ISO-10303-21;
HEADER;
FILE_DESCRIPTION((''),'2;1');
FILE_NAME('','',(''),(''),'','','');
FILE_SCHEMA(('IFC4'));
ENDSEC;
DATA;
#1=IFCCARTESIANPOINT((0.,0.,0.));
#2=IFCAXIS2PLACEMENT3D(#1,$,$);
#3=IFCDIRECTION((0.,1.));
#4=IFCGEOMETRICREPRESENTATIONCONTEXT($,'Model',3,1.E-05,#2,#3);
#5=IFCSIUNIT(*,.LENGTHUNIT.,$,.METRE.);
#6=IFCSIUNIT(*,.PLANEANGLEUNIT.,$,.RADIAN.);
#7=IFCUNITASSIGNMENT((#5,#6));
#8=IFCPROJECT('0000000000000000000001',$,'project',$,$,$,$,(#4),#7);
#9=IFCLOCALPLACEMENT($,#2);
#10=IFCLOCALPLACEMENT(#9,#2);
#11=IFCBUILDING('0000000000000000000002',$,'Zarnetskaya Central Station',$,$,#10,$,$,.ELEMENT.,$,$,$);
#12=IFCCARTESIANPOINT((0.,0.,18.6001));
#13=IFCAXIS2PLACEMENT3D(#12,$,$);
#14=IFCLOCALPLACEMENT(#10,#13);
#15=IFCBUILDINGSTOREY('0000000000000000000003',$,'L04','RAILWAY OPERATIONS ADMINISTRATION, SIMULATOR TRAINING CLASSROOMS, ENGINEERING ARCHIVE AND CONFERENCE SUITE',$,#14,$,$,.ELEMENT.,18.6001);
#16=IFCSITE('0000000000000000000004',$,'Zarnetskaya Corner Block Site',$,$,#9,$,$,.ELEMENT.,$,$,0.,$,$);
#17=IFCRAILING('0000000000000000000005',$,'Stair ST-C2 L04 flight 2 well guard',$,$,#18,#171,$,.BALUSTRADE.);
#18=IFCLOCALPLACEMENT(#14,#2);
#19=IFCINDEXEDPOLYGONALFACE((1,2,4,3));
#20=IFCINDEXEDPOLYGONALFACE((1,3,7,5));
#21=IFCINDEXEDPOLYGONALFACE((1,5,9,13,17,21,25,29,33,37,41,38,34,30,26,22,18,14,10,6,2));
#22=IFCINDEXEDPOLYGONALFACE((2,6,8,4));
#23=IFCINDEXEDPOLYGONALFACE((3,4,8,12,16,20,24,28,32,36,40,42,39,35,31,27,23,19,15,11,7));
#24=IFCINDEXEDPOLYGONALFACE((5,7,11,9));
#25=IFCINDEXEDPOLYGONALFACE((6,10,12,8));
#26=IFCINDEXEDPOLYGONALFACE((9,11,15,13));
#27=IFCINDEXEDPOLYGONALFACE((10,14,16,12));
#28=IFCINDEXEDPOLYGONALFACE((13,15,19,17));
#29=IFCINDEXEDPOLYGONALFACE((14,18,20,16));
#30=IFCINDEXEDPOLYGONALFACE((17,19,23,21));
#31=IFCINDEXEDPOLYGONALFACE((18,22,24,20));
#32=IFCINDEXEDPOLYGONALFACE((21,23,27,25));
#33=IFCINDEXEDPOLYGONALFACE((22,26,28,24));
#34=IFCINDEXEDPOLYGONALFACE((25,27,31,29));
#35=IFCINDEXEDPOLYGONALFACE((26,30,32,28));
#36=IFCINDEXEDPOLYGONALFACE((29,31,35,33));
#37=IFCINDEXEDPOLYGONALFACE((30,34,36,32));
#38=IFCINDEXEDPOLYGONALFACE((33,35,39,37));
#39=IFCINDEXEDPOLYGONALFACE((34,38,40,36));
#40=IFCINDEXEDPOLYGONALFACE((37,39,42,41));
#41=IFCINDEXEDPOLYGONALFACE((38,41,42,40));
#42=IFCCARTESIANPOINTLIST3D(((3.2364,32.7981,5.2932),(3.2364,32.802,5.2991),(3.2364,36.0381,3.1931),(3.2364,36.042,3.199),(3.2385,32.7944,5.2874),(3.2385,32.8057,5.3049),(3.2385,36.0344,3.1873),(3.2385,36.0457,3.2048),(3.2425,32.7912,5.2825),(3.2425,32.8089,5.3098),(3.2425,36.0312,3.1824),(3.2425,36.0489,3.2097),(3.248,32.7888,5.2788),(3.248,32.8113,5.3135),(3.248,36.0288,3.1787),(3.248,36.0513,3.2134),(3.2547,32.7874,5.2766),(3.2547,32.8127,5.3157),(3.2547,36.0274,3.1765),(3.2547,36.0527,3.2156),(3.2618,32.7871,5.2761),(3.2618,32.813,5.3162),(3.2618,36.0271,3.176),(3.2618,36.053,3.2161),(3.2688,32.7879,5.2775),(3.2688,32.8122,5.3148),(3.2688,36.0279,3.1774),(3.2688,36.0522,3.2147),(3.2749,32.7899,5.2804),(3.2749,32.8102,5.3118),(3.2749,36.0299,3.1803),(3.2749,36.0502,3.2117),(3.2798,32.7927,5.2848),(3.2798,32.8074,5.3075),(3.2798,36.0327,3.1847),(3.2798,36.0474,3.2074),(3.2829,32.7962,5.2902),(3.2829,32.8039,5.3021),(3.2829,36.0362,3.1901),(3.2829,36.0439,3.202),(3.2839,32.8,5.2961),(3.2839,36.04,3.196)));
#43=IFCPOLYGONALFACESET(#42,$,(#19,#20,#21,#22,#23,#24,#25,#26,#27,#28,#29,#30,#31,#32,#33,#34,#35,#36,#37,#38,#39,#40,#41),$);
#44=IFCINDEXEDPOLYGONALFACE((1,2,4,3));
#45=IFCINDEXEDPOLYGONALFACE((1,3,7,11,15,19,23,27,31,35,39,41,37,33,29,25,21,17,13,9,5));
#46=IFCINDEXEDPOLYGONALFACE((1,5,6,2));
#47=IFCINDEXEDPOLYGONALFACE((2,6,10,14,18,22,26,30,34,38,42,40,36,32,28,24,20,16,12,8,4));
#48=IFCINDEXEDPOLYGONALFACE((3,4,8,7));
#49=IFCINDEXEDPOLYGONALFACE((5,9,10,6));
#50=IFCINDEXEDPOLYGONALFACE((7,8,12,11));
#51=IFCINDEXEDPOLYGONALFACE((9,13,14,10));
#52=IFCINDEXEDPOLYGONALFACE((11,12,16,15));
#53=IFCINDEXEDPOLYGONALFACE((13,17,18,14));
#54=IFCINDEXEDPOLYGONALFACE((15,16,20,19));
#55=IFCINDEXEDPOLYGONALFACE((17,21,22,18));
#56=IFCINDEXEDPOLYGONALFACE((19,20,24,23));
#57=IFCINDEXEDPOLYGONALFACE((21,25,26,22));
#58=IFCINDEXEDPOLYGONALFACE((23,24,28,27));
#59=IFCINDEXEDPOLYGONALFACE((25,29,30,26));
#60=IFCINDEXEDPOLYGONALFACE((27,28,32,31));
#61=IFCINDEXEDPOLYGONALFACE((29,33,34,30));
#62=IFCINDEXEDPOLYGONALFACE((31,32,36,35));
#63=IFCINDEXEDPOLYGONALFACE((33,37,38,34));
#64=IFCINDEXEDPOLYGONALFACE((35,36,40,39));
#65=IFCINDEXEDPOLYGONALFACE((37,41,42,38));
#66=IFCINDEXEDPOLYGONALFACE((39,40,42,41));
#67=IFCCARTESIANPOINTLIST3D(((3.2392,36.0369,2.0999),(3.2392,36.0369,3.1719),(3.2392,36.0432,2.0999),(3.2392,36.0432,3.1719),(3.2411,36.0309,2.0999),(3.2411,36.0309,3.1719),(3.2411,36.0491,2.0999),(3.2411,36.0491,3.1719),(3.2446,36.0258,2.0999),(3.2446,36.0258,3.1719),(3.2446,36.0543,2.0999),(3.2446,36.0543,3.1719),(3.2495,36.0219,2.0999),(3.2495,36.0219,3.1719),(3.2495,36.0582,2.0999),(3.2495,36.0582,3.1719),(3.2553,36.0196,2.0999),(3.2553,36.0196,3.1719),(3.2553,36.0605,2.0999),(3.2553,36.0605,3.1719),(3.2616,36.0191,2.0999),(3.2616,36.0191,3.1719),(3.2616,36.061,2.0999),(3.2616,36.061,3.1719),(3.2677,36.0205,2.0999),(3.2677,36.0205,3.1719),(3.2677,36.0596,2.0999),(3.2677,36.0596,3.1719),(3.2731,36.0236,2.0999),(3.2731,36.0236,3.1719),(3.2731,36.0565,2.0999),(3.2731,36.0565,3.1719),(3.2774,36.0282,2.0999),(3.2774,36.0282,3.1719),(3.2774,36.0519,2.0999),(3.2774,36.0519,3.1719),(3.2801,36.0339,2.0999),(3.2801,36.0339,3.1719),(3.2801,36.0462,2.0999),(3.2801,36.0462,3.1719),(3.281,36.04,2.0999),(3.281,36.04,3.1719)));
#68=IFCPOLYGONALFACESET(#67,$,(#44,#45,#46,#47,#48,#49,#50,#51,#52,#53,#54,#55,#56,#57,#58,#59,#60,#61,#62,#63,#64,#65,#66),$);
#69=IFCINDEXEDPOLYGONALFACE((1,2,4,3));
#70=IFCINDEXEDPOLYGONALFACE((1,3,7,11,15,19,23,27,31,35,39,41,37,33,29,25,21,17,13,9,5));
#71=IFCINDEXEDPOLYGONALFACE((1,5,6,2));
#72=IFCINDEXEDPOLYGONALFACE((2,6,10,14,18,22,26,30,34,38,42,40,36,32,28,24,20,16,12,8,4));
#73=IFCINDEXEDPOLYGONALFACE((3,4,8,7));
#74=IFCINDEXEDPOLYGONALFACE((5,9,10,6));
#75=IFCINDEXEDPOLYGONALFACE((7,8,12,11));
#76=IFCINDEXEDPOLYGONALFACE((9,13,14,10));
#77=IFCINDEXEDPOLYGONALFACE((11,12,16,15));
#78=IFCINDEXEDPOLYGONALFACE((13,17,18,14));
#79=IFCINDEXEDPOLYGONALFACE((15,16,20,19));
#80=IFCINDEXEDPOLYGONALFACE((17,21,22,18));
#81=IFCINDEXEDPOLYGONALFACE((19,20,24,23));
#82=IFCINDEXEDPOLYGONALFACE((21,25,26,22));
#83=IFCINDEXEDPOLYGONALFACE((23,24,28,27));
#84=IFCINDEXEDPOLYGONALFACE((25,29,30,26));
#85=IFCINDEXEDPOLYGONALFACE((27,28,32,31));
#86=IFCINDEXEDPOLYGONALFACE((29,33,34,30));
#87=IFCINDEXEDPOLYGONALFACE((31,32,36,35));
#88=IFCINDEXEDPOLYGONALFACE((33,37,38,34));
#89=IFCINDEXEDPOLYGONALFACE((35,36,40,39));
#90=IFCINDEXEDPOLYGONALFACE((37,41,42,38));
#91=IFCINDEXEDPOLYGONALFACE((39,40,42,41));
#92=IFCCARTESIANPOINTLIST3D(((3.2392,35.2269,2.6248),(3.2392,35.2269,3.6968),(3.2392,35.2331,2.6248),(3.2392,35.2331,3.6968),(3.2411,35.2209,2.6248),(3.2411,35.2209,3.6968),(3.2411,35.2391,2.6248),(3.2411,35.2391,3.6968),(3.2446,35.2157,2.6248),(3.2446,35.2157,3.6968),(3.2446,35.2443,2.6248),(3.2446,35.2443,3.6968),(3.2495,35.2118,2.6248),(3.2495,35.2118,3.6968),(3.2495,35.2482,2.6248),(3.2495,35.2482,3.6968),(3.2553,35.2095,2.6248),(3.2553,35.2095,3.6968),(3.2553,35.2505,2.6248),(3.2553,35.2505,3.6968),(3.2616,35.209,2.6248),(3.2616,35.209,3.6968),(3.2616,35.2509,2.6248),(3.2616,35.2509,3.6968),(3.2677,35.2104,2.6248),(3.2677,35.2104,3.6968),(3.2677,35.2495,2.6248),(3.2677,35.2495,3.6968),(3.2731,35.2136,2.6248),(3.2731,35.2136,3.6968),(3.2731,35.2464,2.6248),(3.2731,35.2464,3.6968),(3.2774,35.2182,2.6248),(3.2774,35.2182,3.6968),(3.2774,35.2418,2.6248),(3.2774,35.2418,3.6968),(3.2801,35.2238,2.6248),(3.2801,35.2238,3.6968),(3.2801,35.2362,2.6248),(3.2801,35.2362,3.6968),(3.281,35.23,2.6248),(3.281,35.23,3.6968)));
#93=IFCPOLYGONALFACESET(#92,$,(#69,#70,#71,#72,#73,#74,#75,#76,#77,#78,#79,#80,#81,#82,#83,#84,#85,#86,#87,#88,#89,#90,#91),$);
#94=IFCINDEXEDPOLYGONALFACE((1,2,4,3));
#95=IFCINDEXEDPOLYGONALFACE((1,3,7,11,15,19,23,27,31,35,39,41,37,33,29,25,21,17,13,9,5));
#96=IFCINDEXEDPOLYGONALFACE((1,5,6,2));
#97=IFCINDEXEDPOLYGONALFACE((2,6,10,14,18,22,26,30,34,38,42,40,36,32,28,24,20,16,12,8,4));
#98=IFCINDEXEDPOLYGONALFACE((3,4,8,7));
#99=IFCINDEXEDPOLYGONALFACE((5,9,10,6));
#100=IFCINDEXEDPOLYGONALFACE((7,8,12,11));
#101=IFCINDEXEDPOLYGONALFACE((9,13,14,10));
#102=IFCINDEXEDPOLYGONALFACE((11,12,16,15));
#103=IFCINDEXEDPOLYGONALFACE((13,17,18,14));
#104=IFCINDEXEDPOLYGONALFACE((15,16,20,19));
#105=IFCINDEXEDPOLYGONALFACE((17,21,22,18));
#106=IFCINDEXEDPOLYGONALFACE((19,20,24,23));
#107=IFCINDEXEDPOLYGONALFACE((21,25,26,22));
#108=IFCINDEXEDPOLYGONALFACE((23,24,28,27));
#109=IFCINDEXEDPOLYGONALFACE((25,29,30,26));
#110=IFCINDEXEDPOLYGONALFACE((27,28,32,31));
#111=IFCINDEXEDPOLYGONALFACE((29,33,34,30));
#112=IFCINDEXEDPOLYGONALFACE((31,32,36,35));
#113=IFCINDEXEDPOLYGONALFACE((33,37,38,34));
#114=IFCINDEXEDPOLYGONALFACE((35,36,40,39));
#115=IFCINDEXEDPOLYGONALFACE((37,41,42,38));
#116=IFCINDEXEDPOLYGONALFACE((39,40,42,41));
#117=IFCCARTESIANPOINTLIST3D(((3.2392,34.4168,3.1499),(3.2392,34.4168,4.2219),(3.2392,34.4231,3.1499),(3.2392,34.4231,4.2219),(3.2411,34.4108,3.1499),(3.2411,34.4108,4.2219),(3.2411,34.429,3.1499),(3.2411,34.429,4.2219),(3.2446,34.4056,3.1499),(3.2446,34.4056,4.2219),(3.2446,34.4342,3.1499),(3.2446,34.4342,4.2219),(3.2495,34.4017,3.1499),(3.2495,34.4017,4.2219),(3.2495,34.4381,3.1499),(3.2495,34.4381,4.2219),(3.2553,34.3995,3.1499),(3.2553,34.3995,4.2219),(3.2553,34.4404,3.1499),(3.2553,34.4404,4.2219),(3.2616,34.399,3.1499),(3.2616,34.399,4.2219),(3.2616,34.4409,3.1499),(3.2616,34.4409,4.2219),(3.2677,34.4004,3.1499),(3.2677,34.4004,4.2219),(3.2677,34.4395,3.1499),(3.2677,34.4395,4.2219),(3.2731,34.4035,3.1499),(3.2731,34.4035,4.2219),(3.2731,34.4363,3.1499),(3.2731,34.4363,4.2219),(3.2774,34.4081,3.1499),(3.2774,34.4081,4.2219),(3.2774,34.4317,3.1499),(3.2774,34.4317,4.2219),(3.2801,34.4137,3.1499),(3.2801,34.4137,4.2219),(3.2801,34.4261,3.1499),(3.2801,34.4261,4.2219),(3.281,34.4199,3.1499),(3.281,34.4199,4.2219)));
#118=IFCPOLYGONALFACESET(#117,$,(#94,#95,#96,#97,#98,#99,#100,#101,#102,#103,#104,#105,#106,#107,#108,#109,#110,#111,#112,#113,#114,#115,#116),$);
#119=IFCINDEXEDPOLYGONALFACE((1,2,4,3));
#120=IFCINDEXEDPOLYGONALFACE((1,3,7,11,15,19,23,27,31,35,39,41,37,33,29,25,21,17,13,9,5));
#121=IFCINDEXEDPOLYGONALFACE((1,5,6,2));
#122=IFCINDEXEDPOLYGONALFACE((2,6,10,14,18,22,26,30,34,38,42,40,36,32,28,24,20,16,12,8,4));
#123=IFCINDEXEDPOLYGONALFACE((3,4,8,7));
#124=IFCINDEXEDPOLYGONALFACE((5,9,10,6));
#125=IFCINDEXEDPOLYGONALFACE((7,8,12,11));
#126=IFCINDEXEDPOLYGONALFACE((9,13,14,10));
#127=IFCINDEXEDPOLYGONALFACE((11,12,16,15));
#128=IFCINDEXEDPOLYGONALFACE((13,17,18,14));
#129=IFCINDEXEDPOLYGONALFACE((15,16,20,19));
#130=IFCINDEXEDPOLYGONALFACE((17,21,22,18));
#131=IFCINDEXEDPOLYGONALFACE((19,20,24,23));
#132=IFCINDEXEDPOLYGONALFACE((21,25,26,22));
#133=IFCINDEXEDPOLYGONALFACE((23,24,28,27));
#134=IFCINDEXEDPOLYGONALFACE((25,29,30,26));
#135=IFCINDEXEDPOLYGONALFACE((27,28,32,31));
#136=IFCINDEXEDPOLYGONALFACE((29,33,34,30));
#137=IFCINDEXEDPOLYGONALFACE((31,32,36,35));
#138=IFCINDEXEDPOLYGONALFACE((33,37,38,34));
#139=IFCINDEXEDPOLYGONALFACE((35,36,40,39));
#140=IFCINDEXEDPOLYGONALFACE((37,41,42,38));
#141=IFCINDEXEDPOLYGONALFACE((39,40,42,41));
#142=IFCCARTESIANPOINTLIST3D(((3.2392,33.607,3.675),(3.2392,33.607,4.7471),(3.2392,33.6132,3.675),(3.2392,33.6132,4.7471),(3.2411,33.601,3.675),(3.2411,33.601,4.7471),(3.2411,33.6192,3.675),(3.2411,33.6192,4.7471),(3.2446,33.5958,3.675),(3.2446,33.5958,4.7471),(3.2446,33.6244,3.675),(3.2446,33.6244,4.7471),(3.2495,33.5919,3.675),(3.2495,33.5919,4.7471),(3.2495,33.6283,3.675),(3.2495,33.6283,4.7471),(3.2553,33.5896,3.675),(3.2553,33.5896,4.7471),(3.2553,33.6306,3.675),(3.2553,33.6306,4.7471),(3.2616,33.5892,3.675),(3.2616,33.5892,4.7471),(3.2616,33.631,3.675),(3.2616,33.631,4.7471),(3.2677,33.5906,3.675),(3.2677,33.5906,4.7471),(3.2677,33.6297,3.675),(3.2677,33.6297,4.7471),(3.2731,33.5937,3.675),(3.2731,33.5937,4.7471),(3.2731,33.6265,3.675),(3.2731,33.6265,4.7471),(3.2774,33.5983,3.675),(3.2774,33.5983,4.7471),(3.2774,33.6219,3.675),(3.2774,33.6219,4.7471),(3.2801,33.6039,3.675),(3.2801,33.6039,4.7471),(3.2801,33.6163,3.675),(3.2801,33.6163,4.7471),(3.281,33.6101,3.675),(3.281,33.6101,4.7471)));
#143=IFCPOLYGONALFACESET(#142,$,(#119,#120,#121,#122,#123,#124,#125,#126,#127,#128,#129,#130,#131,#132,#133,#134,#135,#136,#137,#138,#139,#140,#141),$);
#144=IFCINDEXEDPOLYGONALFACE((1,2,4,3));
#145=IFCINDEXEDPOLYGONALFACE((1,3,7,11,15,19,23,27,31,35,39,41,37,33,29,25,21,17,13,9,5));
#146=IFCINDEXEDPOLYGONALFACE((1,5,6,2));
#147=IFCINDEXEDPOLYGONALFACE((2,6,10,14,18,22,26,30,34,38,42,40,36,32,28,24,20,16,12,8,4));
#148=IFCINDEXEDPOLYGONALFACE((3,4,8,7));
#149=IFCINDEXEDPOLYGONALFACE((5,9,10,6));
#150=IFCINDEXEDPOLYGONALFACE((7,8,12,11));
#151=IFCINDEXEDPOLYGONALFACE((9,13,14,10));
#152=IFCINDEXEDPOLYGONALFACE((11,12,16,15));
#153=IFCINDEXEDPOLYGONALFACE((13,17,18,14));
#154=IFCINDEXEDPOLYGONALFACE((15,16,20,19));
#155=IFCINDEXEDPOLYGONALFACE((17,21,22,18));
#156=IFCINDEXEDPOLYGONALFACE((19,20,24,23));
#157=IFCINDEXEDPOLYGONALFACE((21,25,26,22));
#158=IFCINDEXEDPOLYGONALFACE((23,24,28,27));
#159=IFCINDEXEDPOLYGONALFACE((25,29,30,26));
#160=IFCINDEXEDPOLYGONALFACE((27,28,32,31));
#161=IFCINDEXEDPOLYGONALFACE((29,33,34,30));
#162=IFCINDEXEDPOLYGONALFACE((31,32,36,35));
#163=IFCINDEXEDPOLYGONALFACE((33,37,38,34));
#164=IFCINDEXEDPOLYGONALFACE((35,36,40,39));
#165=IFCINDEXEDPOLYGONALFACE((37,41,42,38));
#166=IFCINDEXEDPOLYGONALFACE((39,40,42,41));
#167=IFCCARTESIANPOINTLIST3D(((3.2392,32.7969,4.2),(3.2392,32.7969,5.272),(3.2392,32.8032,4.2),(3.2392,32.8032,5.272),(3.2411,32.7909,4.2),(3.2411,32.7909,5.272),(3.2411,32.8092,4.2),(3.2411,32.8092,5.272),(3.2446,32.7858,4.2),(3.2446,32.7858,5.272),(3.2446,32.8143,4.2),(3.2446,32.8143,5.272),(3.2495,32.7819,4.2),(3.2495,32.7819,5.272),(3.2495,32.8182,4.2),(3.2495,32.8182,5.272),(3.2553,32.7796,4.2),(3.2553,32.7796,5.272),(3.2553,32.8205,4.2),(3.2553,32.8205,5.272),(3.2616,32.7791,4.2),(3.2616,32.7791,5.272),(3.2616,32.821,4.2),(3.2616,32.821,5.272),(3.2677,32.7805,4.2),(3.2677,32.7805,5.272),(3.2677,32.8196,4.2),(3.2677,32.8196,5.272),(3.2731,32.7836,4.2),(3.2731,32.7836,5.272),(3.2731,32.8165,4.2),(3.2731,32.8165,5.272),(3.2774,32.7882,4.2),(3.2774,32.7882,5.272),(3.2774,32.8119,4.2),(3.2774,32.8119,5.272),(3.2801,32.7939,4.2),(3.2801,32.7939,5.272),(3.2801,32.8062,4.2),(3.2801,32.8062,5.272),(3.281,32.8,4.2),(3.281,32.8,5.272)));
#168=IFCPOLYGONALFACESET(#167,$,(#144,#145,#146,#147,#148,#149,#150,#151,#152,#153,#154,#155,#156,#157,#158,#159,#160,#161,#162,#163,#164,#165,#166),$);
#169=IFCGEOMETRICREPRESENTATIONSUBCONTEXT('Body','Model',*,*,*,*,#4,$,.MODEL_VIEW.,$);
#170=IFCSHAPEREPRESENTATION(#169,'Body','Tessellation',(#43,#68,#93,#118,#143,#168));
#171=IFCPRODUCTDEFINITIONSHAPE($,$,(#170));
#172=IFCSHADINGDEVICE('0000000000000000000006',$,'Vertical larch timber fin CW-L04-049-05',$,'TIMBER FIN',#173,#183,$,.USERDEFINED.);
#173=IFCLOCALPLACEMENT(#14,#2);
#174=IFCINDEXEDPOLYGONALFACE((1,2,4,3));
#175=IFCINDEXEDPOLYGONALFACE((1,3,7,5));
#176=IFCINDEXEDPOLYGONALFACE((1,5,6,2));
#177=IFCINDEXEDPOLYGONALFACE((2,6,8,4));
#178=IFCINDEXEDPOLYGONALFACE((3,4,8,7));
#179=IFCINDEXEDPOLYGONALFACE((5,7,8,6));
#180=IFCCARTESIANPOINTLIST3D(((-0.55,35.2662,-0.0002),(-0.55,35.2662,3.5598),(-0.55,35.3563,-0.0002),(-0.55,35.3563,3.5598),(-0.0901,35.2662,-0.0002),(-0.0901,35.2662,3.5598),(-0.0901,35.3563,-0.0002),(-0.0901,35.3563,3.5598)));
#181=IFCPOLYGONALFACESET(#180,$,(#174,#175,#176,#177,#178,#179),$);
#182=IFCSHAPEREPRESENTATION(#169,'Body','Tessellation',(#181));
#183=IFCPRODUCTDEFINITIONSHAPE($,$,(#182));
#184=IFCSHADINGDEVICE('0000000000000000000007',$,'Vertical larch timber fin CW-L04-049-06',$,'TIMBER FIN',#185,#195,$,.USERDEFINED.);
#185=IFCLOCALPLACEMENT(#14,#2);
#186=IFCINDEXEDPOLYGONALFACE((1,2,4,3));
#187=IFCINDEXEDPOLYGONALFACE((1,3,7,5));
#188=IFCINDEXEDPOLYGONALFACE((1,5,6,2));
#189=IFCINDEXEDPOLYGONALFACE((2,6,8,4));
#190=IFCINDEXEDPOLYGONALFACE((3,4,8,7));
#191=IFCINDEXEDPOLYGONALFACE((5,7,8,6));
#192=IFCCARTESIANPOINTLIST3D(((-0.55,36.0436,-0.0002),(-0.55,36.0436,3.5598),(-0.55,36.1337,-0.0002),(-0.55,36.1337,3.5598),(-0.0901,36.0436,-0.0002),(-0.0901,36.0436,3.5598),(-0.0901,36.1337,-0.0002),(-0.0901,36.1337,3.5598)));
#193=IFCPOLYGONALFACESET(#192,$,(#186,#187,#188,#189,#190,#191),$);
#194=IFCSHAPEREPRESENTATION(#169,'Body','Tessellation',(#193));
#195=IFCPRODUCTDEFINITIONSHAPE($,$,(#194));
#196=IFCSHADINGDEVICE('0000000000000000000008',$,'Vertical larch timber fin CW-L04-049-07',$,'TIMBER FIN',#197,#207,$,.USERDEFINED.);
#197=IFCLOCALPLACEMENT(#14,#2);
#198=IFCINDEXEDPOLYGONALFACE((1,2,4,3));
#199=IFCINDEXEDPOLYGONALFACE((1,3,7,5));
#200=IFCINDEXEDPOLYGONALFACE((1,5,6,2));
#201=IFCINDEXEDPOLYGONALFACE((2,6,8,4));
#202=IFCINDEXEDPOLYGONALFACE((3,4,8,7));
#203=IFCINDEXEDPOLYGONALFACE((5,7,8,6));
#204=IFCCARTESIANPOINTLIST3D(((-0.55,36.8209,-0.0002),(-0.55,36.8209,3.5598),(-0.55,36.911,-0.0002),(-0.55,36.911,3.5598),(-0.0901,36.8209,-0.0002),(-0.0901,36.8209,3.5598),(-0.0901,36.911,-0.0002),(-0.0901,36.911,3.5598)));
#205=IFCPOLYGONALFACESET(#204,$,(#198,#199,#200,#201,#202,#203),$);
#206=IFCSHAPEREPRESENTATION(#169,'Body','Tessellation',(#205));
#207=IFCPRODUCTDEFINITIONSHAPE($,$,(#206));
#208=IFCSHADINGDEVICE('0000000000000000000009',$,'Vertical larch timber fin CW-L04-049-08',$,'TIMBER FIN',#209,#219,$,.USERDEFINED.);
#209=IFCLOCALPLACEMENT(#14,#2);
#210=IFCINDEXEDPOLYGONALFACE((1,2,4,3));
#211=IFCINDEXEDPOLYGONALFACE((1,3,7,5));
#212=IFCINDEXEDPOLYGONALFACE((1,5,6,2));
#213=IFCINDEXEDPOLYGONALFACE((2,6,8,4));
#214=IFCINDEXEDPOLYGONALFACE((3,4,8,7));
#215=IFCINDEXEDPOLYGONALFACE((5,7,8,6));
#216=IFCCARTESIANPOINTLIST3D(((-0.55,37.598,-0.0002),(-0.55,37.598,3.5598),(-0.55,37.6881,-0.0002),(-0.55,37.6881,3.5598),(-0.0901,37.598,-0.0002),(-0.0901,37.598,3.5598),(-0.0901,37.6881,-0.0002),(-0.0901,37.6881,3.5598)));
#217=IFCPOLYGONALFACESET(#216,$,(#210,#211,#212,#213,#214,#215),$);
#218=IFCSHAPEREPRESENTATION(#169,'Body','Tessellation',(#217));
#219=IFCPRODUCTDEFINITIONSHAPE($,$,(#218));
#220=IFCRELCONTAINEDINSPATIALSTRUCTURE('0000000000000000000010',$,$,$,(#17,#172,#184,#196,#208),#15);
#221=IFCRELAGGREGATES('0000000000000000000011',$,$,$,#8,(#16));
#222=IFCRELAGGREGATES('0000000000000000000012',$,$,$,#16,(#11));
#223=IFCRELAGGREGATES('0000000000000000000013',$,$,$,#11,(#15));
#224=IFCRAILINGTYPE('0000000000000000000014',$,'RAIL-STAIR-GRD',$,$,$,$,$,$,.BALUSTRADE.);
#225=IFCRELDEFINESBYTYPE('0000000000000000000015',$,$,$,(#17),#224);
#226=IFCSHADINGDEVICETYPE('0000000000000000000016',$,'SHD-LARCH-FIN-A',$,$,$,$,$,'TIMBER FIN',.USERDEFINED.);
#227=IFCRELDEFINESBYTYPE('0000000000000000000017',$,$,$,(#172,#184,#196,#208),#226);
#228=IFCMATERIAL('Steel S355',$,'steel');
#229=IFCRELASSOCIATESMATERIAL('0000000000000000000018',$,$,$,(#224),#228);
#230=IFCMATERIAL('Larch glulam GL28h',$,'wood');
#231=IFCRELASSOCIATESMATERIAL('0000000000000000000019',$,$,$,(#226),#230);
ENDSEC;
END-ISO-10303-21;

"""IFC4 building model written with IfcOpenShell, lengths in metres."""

from ifc_helpers import new_model, si_unit, direction, frame, origin, origin_2d, place, context, subcontext, project, spatial, rectangle, circle, extrude, material, type_object, element, save


model = new_model("IFC4")

# Units and contexts
model_context = context("Model", 3, precision=1e-05, world=origin(), true_north=direction((0.0, 1.0)))
body_context = subcontext(model_context, "Body", "Model", "MODEL_VIEW")
ifc_project = project(units=[si_unit("LENGTHUNIT", "METRE"), si_unit("PLANEANGLEUNIT", "RADIAN")], contexts=[model_context])

# Site, building, storey
site_placement = place(None, origin())
site = spatial("IfcSite", under=ifc_project, at=site_placement, Name="Zarnetskaya Corner Block Site", CompositionType="ELEMENT", RefElevation=0.0)
building_placement = place(site_placement, origin())
building = spatial("IfcBuilding", under=site, at=building_placement, Name="Zarnetskaya Central Station", CompositionType="ELEMENT")
storey_placement = place(building_placement, frame((0.0, 0.0, 18.6001)))
storey = spatial("IfcBuildingStorey", under=building, at=storey_placement, Name="L04", Description="RAILWAY OPERATIONS ADMINISTRATION, SIMULATOR TRAINING CLASSROOMS, ENGINEERING ARCHIVE AND CONFERENCE SUITE", CompositionType="ELEMENT", Elevation=18.6001)

# Railing
ifc_material_1 = material(Name="Steel S355", Category="steel")
railing_type_1 = type_object("IfcRailingType", Name="RAIL-STAIR-GRD", PredefinedType="BALUSTRADE", material=ifc_material_1)
railing_1_placement = place(storey_placement, frame((3.26, 36.04, 2.0999)))
element("IfcRailing", 1, at=railing_1_placement, inside=storey, type_object=railing_type_1, Name="Stair ST-C2 L04 flight 2 well guard", PredefinedType="BALUSTRADE", context=body_context, shape_type="SweptSolid", body=[
    extrude(circle(Radius=0.0239, at=origin_2d()), frame((0.0, 0.0, 1.0962), z_axis=(0.0, -0.839141, 0.543914), x_axis=(1.0, 0.0, 0.0)), (0.0, 0.0, 1.0), 3.8611),
    extrude(circle(Radius=0.021, at=origin_2d()), origin(), (0.0, 0.0, 1.0), 1.072),
    extrude(circle(Radius=0.021, at=origin_2d()), frame((0.0, -0.8101, 0.5249)), (0.0, 0.0, 1.0), 1.072),
    extrude(circle(Radius=0.021, at=origin_2d()), frame((0.0, -1.6201, 1.05)), (0.0, 0.0, 1.0), 1.072),
    extrude(circle(Radius=0.021, at=origin_2d()), frame((0.0, -2.4299, 1.5752)), (0.0, 0.0, 1.0), 1.072),
    extrude(circle(Radius=0.021, at=origin_2d()), frame((0.0, -3.24, 2.1001)), (0.0, 0.0, 1.0), 1.072),
])

# Shading devices
ifc_material_2 = material(Name="Larch glulam GL28h", Category="wood")
shading_device_type = type_object("IfcShadingDeviceType", Name="SHD-LARCH-FIN-A", ElementType="TIMBER FIN", PredefinedType="USERDEFINED", material=ifc_material_2)
for number, where, z_axis, x_axis, name in (
    (2, (-0.3201, 35.3113, -0.0002), (0.0, 0.0, 1.0), (0.0, 1.0, 0.0), "Vertical larch timber fin CW-L04-049-05"),
    (3, (-0.3201, 36.0886, -0.0002), (0.0, 0.0, 1.0), (0.0, 1.0, 0.0), "Vertical larch timber fin CW-L04-049-06"),
    (4, (-0.3201, 36.866, -0.0002), (0.0, 0.0, 1.0), (0.0, 1.0, 0.0), "Vertical larch timber fin CW-L04-049-07"),
    (5, (-0.3201, 37.6431, -0.0002), (0.0, 0.0, 1.0), (0.0, 1.0, 0.0), "Vertical larch timber fin CW-L04-049-08"),
):
    element("IfcShadingDevice", number, at=place(storey_placement, frame(where, z_axis=z_axis, x_axis=x_axis)), inside=storey, type_object=shading_device_type, Name=name, ObjectType="TIMBER FIN", PredefinedType="USERDEFINED", context=body_context, shape_type="SweptSolid", body=[
        extrude(rectangle(XDim=0.0901, YDim=0.46, at=origin_2d()), origin(), (0.0, 0.0, 1.0), 3.5601),
    ])

save(model, "model.ifc")
